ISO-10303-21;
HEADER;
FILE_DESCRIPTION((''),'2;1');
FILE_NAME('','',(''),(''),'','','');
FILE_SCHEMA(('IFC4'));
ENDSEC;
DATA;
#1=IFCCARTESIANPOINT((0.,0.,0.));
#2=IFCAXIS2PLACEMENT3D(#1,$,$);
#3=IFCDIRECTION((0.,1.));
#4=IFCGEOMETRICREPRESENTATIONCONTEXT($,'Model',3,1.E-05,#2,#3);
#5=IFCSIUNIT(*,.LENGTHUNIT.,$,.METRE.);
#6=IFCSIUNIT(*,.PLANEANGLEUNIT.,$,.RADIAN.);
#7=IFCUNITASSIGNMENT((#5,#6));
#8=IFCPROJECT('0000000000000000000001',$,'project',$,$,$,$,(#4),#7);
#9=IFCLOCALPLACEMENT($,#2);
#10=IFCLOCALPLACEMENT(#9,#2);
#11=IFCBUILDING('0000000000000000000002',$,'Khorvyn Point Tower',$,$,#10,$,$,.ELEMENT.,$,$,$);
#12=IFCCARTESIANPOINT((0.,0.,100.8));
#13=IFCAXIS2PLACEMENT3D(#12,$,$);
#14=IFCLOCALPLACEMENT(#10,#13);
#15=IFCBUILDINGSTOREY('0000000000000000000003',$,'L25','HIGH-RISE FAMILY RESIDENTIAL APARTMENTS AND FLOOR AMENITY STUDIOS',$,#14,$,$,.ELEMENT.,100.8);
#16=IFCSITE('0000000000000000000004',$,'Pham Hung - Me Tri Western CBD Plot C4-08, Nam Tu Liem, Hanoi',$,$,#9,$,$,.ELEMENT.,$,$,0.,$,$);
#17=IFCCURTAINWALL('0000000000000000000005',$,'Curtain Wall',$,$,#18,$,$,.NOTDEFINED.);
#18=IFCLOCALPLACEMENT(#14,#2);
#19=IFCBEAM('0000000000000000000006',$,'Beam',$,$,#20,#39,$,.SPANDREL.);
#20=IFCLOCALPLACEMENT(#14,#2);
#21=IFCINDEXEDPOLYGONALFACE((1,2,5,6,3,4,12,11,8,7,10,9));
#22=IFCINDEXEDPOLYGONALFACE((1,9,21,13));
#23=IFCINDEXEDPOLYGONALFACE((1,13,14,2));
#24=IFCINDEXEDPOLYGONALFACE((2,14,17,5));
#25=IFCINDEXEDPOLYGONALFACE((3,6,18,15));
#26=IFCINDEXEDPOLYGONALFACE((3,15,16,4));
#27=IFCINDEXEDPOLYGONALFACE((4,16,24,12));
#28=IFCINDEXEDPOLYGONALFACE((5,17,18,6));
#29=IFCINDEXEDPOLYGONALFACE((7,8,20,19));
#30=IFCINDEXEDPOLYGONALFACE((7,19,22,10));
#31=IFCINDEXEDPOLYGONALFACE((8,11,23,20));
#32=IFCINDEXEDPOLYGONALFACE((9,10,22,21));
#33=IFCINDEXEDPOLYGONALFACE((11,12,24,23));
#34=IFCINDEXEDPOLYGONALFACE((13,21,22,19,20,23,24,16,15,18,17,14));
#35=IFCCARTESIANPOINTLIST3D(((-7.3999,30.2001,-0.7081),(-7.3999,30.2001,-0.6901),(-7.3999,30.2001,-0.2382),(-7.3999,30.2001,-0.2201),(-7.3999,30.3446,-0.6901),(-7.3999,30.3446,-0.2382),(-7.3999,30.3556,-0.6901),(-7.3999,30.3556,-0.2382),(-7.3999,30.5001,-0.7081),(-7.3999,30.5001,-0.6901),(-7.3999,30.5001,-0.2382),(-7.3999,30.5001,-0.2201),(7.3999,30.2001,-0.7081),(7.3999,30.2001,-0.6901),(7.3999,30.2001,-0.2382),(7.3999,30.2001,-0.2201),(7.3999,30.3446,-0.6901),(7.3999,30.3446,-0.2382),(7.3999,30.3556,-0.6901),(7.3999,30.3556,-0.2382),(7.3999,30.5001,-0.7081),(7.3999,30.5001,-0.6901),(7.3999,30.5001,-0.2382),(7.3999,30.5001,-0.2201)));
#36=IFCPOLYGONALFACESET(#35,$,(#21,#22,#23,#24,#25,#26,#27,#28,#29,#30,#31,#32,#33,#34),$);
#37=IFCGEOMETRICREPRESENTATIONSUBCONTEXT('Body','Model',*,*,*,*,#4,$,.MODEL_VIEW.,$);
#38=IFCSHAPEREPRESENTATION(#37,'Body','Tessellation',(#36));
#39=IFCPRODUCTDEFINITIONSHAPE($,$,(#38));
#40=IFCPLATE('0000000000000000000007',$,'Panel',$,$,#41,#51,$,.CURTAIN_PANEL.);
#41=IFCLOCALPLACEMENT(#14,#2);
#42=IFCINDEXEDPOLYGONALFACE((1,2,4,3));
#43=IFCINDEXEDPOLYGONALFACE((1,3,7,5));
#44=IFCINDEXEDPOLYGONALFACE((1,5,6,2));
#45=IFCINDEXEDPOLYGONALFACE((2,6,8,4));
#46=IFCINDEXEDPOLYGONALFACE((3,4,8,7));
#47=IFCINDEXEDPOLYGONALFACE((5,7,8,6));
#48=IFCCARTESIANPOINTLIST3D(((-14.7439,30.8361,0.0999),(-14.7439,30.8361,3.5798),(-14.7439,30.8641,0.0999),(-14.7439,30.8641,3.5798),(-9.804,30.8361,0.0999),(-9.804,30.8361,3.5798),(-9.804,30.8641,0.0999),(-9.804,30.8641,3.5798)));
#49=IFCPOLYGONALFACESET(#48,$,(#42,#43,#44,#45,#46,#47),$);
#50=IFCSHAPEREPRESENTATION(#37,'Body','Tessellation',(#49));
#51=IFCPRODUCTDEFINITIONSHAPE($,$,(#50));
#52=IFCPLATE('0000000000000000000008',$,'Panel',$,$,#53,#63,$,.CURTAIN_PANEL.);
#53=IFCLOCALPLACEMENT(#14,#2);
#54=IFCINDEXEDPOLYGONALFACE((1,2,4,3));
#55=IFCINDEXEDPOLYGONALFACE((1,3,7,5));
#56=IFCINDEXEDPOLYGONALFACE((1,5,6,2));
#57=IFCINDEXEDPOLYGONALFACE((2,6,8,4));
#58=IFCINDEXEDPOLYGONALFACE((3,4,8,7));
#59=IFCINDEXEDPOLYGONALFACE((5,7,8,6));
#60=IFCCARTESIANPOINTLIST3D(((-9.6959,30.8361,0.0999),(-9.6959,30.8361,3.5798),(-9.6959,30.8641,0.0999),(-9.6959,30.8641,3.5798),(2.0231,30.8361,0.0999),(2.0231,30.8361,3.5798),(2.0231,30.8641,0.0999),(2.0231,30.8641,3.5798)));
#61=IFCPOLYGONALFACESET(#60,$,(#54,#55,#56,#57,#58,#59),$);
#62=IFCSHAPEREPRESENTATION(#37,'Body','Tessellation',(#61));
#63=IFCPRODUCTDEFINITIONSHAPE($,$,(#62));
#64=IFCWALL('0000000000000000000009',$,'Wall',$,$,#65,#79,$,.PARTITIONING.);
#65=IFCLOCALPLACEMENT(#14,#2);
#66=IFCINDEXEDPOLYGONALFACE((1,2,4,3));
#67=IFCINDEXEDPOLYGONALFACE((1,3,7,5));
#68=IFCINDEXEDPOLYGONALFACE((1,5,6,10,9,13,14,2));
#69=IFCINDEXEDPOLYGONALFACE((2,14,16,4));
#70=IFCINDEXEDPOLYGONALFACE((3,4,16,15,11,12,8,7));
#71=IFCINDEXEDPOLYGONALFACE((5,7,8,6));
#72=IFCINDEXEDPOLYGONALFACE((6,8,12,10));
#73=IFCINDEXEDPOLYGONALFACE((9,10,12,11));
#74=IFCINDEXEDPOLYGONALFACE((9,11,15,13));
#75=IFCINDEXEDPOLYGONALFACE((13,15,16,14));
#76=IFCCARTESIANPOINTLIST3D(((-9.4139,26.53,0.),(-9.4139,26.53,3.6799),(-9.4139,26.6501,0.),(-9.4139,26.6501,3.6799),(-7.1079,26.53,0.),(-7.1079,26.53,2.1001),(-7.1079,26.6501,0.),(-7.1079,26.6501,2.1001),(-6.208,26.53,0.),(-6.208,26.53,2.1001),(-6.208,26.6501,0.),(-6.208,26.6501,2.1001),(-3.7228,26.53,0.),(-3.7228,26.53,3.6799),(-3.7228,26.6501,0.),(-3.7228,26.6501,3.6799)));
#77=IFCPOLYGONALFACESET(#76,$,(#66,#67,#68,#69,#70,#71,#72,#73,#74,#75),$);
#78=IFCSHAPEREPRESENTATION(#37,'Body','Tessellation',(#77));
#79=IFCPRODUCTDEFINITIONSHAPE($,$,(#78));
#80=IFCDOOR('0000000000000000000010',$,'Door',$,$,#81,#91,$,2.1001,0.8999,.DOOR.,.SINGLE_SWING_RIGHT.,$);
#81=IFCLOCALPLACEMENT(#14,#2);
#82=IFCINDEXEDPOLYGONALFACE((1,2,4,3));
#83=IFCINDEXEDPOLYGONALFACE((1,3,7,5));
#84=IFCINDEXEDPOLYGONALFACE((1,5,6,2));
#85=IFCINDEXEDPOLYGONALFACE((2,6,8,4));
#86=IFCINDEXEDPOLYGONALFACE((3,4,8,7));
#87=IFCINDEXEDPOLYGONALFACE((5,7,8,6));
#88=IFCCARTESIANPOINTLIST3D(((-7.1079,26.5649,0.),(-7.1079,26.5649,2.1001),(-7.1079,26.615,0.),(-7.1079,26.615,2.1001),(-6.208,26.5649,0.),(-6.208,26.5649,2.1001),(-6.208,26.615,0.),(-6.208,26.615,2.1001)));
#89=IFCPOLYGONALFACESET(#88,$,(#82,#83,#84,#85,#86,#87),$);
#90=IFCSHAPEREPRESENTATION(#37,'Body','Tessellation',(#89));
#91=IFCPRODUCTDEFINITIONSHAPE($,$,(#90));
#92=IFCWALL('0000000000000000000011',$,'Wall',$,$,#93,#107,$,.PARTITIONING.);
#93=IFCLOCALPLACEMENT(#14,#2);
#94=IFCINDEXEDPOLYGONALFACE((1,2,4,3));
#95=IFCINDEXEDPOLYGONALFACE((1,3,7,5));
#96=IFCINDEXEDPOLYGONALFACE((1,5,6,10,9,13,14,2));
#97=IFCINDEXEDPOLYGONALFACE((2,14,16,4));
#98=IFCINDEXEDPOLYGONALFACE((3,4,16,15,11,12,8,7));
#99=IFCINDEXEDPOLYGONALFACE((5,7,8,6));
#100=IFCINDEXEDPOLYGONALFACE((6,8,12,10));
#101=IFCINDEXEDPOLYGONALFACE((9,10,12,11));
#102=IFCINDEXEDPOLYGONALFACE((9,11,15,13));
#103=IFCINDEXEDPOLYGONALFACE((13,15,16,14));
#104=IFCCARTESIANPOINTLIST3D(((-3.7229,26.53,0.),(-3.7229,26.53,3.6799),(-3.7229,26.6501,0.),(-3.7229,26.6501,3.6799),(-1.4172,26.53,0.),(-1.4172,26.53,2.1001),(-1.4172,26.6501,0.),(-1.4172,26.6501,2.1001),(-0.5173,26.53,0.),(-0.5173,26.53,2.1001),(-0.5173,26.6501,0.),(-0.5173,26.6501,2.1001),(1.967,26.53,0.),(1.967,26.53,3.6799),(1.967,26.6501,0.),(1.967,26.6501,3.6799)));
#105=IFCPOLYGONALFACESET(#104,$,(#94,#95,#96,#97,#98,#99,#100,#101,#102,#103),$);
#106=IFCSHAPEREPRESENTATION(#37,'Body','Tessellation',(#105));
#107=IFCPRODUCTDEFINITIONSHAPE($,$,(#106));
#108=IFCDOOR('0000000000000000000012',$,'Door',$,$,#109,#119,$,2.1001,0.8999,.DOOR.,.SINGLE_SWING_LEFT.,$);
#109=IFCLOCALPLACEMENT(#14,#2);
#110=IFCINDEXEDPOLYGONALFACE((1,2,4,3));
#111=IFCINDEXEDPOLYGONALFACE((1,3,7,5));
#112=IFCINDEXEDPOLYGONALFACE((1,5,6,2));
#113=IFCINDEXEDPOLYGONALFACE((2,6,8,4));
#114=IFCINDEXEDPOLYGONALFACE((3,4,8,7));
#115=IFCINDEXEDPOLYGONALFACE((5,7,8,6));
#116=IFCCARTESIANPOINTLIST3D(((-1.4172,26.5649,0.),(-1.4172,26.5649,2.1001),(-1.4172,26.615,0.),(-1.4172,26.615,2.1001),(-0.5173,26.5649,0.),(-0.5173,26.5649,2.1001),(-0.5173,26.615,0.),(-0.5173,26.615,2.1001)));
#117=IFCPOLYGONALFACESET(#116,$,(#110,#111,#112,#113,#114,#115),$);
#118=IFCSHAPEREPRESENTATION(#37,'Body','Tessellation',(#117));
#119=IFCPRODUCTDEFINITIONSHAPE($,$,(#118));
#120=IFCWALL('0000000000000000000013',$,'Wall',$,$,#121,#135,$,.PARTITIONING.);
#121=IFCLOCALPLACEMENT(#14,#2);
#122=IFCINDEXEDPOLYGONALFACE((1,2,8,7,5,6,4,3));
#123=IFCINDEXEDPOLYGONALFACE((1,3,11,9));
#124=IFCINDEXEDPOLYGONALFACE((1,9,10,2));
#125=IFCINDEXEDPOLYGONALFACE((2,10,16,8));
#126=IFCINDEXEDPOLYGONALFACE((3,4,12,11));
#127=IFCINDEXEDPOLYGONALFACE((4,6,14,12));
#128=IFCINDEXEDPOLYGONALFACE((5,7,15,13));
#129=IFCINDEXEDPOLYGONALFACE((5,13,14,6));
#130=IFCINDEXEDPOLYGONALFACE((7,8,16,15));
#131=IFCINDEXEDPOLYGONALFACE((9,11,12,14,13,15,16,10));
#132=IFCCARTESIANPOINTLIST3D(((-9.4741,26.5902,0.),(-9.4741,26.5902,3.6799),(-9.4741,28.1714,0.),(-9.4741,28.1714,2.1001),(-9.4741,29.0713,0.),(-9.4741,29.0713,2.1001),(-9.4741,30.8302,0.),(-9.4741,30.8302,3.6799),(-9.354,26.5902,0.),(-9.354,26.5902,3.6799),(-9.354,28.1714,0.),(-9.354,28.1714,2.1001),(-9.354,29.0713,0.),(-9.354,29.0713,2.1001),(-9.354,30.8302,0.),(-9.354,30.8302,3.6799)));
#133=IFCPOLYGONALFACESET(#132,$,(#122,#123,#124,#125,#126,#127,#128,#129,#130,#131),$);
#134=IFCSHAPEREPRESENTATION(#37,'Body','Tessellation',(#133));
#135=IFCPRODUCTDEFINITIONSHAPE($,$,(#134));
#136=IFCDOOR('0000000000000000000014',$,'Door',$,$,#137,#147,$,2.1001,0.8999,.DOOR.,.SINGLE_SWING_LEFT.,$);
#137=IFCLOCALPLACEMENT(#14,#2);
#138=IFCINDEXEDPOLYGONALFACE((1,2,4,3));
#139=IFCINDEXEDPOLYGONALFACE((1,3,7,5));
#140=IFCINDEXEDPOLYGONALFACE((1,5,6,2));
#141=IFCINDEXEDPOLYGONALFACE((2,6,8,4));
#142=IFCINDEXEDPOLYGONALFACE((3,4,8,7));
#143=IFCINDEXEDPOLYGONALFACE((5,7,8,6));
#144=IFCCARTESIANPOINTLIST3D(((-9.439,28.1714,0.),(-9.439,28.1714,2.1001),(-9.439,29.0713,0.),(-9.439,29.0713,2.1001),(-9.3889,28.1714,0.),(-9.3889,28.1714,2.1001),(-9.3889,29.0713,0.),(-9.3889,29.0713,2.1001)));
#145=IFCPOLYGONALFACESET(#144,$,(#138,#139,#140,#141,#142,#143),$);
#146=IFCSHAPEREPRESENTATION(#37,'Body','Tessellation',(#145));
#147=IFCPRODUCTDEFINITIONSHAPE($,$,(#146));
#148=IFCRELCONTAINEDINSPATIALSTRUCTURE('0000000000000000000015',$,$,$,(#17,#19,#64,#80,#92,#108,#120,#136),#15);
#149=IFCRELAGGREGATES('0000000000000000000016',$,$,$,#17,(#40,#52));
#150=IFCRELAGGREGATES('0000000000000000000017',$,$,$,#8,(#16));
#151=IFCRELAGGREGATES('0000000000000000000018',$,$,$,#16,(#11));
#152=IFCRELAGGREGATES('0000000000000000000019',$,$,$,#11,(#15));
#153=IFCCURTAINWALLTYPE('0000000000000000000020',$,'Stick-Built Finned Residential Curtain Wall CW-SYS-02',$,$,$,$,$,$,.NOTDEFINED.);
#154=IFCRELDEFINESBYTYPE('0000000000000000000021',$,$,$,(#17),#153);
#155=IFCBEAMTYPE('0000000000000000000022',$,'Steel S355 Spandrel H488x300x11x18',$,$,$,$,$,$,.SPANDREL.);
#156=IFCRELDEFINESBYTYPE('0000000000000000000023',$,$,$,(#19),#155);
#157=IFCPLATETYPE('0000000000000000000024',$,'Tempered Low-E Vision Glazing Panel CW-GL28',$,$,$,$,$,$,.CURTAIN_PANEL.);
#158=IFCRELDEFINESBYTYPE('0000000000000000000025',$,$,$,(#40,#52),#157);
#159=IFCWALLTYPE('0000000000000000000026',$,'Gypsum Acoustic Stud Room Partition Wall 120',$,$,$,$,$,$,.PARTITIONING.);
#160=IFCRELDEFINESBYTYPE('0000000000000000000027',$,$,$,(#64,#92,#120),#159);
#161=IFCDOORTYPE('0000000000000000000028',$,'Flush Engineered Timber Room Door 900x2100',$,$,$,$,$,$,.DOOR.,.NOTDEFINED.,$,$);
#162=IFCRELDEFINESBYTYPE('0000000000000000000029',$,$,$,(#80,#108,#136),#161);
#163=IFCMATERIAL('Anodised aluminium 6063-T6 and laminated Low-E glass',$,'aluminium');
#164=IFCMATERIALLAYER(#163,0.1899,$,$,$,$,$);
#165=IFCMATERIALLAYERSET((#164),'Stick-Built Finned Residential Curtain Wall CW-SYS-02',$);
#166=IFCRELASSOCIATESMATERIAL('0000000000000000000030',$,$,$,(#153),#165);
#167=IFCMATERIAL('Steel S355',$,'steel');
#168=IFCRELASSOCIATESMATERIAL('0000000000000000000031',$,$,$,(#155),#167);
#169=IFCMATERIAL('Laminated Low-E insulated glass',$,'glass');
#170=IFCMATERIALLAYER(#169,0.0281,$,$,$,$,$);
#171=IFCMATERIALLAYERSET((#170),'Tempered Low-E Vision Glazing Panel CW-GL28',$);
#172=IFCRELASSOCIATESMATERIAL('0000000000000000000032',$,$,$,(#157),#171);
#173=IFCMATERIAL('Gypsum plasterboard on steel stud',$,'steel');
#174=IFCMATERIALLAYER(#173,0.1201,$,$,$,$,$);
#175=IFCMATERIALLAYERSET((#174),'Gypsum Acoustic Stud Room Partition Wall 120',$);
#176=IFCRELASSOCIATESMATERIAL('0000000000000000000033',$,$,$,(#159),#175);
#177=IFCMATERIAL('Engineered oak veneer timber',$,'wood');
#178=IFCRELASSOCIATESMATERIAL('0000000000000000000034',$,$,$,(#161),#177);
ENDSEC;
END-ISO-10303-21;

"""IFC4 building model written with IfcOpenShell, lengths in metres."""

from ifc_helpers import new_model, si_unit, direction, frame, frame_2d, origin, origin_2d, place, context, subcontext, project, spatial, rectangle, i_section, extrude, material, layer, layer_set, material_profile, profile_set, type_object, element, fill, aggregate, save


model = new_model("IFC4")

# Units and contexts
model_context = context("Model", 3, precision=1e-05, world=origin(), true_north=direction((0.0, 1.0)))
body_context = subcontext(model_context, "Body", "Model", "MODEL_VIEW")
ifc_project = project(units=[si_unit("LENGTHUNIT", "METRE"), si_unit("PLANEANGLEUNIT", "RADIAN")], contexts=[model_context])

# Site, building, storey
site_placement = place(None, origin())
site = spatial("IfcSite", under=ifc_project, at=site_placement, Name="Pham Hung - Me Tri Western CBD Plot C4-08, Nam Tu Liem, Hanoi", CompositionType="ELEMENT", RefElevation=0.0)
building_placement = place(site_placement, origin())
building = spatial("IfcBuilding", under=site, at=building_placement, Name="Khorvyn Point Tower", CompositionType="ELEMENT")
storey_placement = place(building_placement, frame((0.0, 0.0, 100.8)))
storey = spatial("IfcBuildingStorey", under=building, at=storey_placement, Name="L25", Description="HIGH-RISE FAMILY RESIDENTIAL APARTMENTS AND FLOOR AMENITY STUDIOS", CompositionType="ELEMENT", Elevation=100.8)

# Curtain wall
ifc_material_1 = material(Name="Anodised aluminium 6063-T6 and laminated Low-E glass", Category="aluminium")
ifc_layer_1 = layer(ifc_material_1, 0.1899)
ifc_layer_set_1 = layer_set([ifc_layer_1], Name="Stick-Built Finned Residential Curtain Wall CW-SYS-02")
curtain_wall_type = type_object("IfcCurtainWallType", Name="Stick-Built Finned Residential Curtain Wall CW-SYS-02", PredefinedType="NOTDEFINED", material=ifc_layer_set_1)
curtain_wall_placement = place(storey_placement, origin())
curtain_wall = element("IfcCurtainWall", 1, at=curtain_wall_placement, inside=storey, type_object=curtain_wall_type, Name="Curtain Wall", PredefinedType="NOTDEFINED")

# Beam
ifc_material_2 = material(Name="Steel S355", Category="steel")
ifc_material_profile_1 = material_profile(ifc_material_2, i_section(OverallWidth=0.3, OverallDepth=0.488, WebThickness=0.011, FlangeThickness=0.0181, at=origin_2d()))
ifc_profile_set_1 = profile_set([ifc_material_profile_1], Name="Steel S355 H488x300x11x18")
beam_type_1 = type_object("IfcBeamType", Name="Steel S355 Spandrel H488x300x11x18", PredefinedType="SPANDREL", material=ifc_profile_set_1)
beam_1_placement = place(storey_placement, frame((-7.3999, 30.3501, -0.4641), z_axis=(1.0, 0.0, 0.0), x_axis=(0.0, 1.0, 0.0)))
element("IfcBeam", 2, at=beam_1_placement, inside=storey, type_object=beam_type_1, Name="Beam", PredefinedType="SPANDREL", context=body_context, shape_type="SweptSolid", body=[
    extrude(i_section(OverallWidth=0.3, OverallDepth=0.488, WebThickness=0.011, FlangeThickness=0.0181, at=origin_2d()), origin(), (0.0, 0.0, 1.0), 14.7998),
])

# Plates
ifc_material_3 = material(Name="Laminated Low-E insulated glass", Category="glass")
ifc_layer_2 = layer(ifc_material_3, 0.0281)
ifc_layer_set_2 = layer_set([ifc_layer_2], Name="Tempered Low-E Vision Glazing Panel CW-GL28")
plate_type = type_object("IfcPlateType", Name="Tempered Low-E Vision Glazing Panel CW-GL28", PredefinedType="CURTAIN_PANEL", material=ifc_layer_set_2)
plate_1_placement = place(storey_placement, frame((-12.2739, 30.8501, 0.0999), z_axis=(0.0, 0.0, 1.0), x_axis=(1.0, 0.0, 0.0)))
plate_1 = element("IfcPlate", 3, at=plate_1_placement, type_object=plate_type, Name="Panel", PredefinedType="CURTAIN_PANEL", context=body_context, shape_type="SweptSolid", body=[
    extrude(rectangle(XDim=4.9399, YDim=0.0281, at=origin_2d()), origin(), (0.0, 0.0, 1.0), 3.48),
])
plate_2_placement = place(storey_placement, frame((-3.8364, 30.8501, 0.0999), z_axis=(0.0, 0.0, 1.0), x_axis=(1.0, 0.0, 0.0)))
plate_2 = element("IfcPlate", 4, at=plate_2_placement, type_object=plate_type, Name="Panel", PredefinedType="CURTAIN_PANEL", context=body_context, shape_type="SweptSolid", body=[
    extrude(rectangle(XDim=11.719, YDim=0.0281, at=origin_2d()), origin(), (0.0, 0.0, 1.0), 3.48),
])
aggregate(curtain_wall, [plate_1, plate_2])

# Walls, openings, doors
ifc_material_4 = material(Name="Gypsum plasterboard on steel stud", Category="steel")
ifc_layer_3 = layer(ifc_material_4, 0.1201)
ifc_layer_set_3 = layer_set([ifc_layer_3], Name="Gypsum Acoustic Stud Room Partition Wall 120")
wall_type_1 = type_object("IfcWallType", Name="Gypsum Acoustic Stud Room Partition Wall 120", PredefinedType="PARTITIONING", material=ifc_layer_set_3)
wall_1_placement = place(storey_placement, frame((-9.4141, 26.5901, 0.0), z_axis=(0.0, 0.0, 1.0), x_axis=(1.0, 0.0, 0.0)))
wall_1 = element("IfcWall", 5, at=wall_1_placement, inside=storey, type_object=wall_type_1, Name="Wall", PredefinedType="PARTITIONING", context=body_context, shape_type="SweptSolid", body=[
    extrude(rectangle(XDim=5.6912, YDim=0.1201, at=frame_2d((2.8457, 0.0))), origin(), (0.0, 0.0, 1.0), 3.6799),
])
opening_1_placement = place(wall_1_placement, frame((2.3062, 0.0, 0.0)))
opening_1 = element("IfcOpeningElement", 6, at=opening_1_placement, cuts=wall_1, PredefinedType="OPENING", context=body_context, shape_type="SweptSolid", body=[
    extrude(rectangle(XDim=0.8999, YDim=2.1001, at=frame_2d((0.45, 1.05))), frame((0.0, 0.0701, 0.0), z_axis=(0.0, -1.0, 0.0), x_axis=(1.0, 0.0, 0.0)), (0.0, 0.0, 1.0), 0.1401),
])
ifc_material_5 = material(Name="Engineered oak veneer timber", Category="wood")
door_type_1 = type_object("IfcDoorType", Name="Flush Engineered Timber Room Door 900x2100", OperationType="NOTDEFINED", PredefinedType="DOOR", material=ifc_material_5)
door_1_placement = place(opening_1_placement, origin())
door_1 = element("IfcDoor", 7, at=door_1_placement, inside=storey, type_object=door_type_1, Name="Door", OperationType="SINGLE_SWING_RIGHT", OverallHeight=2.1001, OverallWidth=0.8999, PredefinedType="DOOR", context=body_context, shape_type="SweptSolid", body=[
    extrude(rectangle(XDim=0.8999, YDim=2.1001, at=frame_2d((0.45, 1.05))), frame((0.0, 0.0249, 0.0), z_axis=(0.0, -1.0, 0.0), x_axis=(1.0, 0.0, 0.0)), (0.0, 0.0, 1.0), 0.05),
])
fill(opening_1, door_1)
wall_2_placement = place(storey_placement, frame((-3.7229, 26.5901, 0.0), z_axis=(0.0, 0.0, 1.0), x_axis=(1.0, 0.0, 0.0)))
wall_2 = element("IfcWall", 8, at=wall_2_placement, inside=storey, type_object=wall_type_1, Name="Wall", PredefinedType="PARTITIONING", context=body_context, shape_type="SweptSolid", body=[
    extrude(rectangle(XDim=5.6899, YDim=0.1201, at=frame_2d((2.845, 0.0))), origin(), (0.0, 0.0, 1.0), 3.6799),
])
opening_2_placement = place(wall_2_placement, frame((2.3057, 0.0, 0.0)))
opening_2 = element("IfcOpeningElement", 9, at=opening_2_placement, cuts=wall_2, PredefinedType="OPENING", context=body_context, shape_type="SweptSolid", body=[
    extrude(rectangle(XDim=0.8999, YDim=2.1001, at=frame_2d((0.45, 1.05))), frame((0.0, 0.0701, 0.0), z_axis=(0.0, -1.0, 0.0), x_axis=(1.0, 0.0, 0.0)), (0.0, 0.0, 1.0), 0.1401),
])
door_2_placement = place(opening_2_placement, origin())
door_2 = element("IfcDoor", 10, at=door_2_placement, inside=storey, type_object=door_type_1, Name="Door", OperationType="SINGLE_SWING_LEFT", OverallHeight=2.1001, OverallWidth=0.8999, PredefinedType="DOOR", context=body_context, shape_type="SweptSolid", body=[
    extrude(rectangle(XDim=0.8999, YDim=2.1001, at=frame_2d((0.45, 1.05))), frame((0.0, 0.0249, 0.0), z_axis=(0.0, -1.0, 0.0), x_axis=(1.0, 0.0, 0.0)), (0.0, 0.0, 1.0), 0.05),
])
fill(opening_2, door_2)
wall_3_placement = place(storey_placement, frame((-9.4141, 26.5901, 0.0), z_axis=(0.0, 0.0, 1.0), x_axis=(0.0, 1.0, 0.0)))
wall_3 = element("IfcWall", 11, at=wall_3_placement, inside=storey, type_object=wall_type_1, Name="Wall", PredefinedType="PARTITIONING", context=body_context, shape_type="SweptSolid", body=[
    extrude(rectangle(XDim=4.24, YDim=0.1201, at=frame_2d((2.1201, 0.0))), origin(), (0.0, 0.0, 1.0), 3.6799),
])
opening_3_placement = place(wall_3_placement, frame((1.5813, 0.0, 0.0)))
opening_3 = element("IfcOpeningElement", 12, at=opening_3_placement, cuts=wall_3, PredefinedType="OPENING", context=body_context, shape_type="SweptSolid", body=[
    extrude(rectangle(XDim=0.8999, YDim=2.1001, at=frame_2d((0.45, 1.05))), frame((0.0, 0.0701, 0.0), z_axis=(0.0, -1.0, 0.0), x_axis=(1.0, 0.0, 0.0)), (0.0, 0.0, 1.0), 0.1401),
])
door_3_placement = place(opening_3_placement, origin())
door_3 = element("IfcDoor", 13, at=door_3_placement, inside=storey, type_object=door_type_1, Name="Door", OperationType="SINGLE_SWING_LEFT", OverallHeight=2.1001, OverallWidth=0.8999, PredefinedType="DOOR", context=body_context, shape_type="SweptSolid", body=[
    extrude(rectangle(XDim=0.8999, YDim=2.1001, at=frame_2d((0.45, 1.05))), frame((0.0, 0.0249, 0.0), z_axis=(0.0, -1.0, 0.0), x_axis=(1.0, 0.0, 0.0)), (0.0, 0.0, 1.0), 0.05),
])
fill(opening_3, door_3)

save(model, "model.ifc")
